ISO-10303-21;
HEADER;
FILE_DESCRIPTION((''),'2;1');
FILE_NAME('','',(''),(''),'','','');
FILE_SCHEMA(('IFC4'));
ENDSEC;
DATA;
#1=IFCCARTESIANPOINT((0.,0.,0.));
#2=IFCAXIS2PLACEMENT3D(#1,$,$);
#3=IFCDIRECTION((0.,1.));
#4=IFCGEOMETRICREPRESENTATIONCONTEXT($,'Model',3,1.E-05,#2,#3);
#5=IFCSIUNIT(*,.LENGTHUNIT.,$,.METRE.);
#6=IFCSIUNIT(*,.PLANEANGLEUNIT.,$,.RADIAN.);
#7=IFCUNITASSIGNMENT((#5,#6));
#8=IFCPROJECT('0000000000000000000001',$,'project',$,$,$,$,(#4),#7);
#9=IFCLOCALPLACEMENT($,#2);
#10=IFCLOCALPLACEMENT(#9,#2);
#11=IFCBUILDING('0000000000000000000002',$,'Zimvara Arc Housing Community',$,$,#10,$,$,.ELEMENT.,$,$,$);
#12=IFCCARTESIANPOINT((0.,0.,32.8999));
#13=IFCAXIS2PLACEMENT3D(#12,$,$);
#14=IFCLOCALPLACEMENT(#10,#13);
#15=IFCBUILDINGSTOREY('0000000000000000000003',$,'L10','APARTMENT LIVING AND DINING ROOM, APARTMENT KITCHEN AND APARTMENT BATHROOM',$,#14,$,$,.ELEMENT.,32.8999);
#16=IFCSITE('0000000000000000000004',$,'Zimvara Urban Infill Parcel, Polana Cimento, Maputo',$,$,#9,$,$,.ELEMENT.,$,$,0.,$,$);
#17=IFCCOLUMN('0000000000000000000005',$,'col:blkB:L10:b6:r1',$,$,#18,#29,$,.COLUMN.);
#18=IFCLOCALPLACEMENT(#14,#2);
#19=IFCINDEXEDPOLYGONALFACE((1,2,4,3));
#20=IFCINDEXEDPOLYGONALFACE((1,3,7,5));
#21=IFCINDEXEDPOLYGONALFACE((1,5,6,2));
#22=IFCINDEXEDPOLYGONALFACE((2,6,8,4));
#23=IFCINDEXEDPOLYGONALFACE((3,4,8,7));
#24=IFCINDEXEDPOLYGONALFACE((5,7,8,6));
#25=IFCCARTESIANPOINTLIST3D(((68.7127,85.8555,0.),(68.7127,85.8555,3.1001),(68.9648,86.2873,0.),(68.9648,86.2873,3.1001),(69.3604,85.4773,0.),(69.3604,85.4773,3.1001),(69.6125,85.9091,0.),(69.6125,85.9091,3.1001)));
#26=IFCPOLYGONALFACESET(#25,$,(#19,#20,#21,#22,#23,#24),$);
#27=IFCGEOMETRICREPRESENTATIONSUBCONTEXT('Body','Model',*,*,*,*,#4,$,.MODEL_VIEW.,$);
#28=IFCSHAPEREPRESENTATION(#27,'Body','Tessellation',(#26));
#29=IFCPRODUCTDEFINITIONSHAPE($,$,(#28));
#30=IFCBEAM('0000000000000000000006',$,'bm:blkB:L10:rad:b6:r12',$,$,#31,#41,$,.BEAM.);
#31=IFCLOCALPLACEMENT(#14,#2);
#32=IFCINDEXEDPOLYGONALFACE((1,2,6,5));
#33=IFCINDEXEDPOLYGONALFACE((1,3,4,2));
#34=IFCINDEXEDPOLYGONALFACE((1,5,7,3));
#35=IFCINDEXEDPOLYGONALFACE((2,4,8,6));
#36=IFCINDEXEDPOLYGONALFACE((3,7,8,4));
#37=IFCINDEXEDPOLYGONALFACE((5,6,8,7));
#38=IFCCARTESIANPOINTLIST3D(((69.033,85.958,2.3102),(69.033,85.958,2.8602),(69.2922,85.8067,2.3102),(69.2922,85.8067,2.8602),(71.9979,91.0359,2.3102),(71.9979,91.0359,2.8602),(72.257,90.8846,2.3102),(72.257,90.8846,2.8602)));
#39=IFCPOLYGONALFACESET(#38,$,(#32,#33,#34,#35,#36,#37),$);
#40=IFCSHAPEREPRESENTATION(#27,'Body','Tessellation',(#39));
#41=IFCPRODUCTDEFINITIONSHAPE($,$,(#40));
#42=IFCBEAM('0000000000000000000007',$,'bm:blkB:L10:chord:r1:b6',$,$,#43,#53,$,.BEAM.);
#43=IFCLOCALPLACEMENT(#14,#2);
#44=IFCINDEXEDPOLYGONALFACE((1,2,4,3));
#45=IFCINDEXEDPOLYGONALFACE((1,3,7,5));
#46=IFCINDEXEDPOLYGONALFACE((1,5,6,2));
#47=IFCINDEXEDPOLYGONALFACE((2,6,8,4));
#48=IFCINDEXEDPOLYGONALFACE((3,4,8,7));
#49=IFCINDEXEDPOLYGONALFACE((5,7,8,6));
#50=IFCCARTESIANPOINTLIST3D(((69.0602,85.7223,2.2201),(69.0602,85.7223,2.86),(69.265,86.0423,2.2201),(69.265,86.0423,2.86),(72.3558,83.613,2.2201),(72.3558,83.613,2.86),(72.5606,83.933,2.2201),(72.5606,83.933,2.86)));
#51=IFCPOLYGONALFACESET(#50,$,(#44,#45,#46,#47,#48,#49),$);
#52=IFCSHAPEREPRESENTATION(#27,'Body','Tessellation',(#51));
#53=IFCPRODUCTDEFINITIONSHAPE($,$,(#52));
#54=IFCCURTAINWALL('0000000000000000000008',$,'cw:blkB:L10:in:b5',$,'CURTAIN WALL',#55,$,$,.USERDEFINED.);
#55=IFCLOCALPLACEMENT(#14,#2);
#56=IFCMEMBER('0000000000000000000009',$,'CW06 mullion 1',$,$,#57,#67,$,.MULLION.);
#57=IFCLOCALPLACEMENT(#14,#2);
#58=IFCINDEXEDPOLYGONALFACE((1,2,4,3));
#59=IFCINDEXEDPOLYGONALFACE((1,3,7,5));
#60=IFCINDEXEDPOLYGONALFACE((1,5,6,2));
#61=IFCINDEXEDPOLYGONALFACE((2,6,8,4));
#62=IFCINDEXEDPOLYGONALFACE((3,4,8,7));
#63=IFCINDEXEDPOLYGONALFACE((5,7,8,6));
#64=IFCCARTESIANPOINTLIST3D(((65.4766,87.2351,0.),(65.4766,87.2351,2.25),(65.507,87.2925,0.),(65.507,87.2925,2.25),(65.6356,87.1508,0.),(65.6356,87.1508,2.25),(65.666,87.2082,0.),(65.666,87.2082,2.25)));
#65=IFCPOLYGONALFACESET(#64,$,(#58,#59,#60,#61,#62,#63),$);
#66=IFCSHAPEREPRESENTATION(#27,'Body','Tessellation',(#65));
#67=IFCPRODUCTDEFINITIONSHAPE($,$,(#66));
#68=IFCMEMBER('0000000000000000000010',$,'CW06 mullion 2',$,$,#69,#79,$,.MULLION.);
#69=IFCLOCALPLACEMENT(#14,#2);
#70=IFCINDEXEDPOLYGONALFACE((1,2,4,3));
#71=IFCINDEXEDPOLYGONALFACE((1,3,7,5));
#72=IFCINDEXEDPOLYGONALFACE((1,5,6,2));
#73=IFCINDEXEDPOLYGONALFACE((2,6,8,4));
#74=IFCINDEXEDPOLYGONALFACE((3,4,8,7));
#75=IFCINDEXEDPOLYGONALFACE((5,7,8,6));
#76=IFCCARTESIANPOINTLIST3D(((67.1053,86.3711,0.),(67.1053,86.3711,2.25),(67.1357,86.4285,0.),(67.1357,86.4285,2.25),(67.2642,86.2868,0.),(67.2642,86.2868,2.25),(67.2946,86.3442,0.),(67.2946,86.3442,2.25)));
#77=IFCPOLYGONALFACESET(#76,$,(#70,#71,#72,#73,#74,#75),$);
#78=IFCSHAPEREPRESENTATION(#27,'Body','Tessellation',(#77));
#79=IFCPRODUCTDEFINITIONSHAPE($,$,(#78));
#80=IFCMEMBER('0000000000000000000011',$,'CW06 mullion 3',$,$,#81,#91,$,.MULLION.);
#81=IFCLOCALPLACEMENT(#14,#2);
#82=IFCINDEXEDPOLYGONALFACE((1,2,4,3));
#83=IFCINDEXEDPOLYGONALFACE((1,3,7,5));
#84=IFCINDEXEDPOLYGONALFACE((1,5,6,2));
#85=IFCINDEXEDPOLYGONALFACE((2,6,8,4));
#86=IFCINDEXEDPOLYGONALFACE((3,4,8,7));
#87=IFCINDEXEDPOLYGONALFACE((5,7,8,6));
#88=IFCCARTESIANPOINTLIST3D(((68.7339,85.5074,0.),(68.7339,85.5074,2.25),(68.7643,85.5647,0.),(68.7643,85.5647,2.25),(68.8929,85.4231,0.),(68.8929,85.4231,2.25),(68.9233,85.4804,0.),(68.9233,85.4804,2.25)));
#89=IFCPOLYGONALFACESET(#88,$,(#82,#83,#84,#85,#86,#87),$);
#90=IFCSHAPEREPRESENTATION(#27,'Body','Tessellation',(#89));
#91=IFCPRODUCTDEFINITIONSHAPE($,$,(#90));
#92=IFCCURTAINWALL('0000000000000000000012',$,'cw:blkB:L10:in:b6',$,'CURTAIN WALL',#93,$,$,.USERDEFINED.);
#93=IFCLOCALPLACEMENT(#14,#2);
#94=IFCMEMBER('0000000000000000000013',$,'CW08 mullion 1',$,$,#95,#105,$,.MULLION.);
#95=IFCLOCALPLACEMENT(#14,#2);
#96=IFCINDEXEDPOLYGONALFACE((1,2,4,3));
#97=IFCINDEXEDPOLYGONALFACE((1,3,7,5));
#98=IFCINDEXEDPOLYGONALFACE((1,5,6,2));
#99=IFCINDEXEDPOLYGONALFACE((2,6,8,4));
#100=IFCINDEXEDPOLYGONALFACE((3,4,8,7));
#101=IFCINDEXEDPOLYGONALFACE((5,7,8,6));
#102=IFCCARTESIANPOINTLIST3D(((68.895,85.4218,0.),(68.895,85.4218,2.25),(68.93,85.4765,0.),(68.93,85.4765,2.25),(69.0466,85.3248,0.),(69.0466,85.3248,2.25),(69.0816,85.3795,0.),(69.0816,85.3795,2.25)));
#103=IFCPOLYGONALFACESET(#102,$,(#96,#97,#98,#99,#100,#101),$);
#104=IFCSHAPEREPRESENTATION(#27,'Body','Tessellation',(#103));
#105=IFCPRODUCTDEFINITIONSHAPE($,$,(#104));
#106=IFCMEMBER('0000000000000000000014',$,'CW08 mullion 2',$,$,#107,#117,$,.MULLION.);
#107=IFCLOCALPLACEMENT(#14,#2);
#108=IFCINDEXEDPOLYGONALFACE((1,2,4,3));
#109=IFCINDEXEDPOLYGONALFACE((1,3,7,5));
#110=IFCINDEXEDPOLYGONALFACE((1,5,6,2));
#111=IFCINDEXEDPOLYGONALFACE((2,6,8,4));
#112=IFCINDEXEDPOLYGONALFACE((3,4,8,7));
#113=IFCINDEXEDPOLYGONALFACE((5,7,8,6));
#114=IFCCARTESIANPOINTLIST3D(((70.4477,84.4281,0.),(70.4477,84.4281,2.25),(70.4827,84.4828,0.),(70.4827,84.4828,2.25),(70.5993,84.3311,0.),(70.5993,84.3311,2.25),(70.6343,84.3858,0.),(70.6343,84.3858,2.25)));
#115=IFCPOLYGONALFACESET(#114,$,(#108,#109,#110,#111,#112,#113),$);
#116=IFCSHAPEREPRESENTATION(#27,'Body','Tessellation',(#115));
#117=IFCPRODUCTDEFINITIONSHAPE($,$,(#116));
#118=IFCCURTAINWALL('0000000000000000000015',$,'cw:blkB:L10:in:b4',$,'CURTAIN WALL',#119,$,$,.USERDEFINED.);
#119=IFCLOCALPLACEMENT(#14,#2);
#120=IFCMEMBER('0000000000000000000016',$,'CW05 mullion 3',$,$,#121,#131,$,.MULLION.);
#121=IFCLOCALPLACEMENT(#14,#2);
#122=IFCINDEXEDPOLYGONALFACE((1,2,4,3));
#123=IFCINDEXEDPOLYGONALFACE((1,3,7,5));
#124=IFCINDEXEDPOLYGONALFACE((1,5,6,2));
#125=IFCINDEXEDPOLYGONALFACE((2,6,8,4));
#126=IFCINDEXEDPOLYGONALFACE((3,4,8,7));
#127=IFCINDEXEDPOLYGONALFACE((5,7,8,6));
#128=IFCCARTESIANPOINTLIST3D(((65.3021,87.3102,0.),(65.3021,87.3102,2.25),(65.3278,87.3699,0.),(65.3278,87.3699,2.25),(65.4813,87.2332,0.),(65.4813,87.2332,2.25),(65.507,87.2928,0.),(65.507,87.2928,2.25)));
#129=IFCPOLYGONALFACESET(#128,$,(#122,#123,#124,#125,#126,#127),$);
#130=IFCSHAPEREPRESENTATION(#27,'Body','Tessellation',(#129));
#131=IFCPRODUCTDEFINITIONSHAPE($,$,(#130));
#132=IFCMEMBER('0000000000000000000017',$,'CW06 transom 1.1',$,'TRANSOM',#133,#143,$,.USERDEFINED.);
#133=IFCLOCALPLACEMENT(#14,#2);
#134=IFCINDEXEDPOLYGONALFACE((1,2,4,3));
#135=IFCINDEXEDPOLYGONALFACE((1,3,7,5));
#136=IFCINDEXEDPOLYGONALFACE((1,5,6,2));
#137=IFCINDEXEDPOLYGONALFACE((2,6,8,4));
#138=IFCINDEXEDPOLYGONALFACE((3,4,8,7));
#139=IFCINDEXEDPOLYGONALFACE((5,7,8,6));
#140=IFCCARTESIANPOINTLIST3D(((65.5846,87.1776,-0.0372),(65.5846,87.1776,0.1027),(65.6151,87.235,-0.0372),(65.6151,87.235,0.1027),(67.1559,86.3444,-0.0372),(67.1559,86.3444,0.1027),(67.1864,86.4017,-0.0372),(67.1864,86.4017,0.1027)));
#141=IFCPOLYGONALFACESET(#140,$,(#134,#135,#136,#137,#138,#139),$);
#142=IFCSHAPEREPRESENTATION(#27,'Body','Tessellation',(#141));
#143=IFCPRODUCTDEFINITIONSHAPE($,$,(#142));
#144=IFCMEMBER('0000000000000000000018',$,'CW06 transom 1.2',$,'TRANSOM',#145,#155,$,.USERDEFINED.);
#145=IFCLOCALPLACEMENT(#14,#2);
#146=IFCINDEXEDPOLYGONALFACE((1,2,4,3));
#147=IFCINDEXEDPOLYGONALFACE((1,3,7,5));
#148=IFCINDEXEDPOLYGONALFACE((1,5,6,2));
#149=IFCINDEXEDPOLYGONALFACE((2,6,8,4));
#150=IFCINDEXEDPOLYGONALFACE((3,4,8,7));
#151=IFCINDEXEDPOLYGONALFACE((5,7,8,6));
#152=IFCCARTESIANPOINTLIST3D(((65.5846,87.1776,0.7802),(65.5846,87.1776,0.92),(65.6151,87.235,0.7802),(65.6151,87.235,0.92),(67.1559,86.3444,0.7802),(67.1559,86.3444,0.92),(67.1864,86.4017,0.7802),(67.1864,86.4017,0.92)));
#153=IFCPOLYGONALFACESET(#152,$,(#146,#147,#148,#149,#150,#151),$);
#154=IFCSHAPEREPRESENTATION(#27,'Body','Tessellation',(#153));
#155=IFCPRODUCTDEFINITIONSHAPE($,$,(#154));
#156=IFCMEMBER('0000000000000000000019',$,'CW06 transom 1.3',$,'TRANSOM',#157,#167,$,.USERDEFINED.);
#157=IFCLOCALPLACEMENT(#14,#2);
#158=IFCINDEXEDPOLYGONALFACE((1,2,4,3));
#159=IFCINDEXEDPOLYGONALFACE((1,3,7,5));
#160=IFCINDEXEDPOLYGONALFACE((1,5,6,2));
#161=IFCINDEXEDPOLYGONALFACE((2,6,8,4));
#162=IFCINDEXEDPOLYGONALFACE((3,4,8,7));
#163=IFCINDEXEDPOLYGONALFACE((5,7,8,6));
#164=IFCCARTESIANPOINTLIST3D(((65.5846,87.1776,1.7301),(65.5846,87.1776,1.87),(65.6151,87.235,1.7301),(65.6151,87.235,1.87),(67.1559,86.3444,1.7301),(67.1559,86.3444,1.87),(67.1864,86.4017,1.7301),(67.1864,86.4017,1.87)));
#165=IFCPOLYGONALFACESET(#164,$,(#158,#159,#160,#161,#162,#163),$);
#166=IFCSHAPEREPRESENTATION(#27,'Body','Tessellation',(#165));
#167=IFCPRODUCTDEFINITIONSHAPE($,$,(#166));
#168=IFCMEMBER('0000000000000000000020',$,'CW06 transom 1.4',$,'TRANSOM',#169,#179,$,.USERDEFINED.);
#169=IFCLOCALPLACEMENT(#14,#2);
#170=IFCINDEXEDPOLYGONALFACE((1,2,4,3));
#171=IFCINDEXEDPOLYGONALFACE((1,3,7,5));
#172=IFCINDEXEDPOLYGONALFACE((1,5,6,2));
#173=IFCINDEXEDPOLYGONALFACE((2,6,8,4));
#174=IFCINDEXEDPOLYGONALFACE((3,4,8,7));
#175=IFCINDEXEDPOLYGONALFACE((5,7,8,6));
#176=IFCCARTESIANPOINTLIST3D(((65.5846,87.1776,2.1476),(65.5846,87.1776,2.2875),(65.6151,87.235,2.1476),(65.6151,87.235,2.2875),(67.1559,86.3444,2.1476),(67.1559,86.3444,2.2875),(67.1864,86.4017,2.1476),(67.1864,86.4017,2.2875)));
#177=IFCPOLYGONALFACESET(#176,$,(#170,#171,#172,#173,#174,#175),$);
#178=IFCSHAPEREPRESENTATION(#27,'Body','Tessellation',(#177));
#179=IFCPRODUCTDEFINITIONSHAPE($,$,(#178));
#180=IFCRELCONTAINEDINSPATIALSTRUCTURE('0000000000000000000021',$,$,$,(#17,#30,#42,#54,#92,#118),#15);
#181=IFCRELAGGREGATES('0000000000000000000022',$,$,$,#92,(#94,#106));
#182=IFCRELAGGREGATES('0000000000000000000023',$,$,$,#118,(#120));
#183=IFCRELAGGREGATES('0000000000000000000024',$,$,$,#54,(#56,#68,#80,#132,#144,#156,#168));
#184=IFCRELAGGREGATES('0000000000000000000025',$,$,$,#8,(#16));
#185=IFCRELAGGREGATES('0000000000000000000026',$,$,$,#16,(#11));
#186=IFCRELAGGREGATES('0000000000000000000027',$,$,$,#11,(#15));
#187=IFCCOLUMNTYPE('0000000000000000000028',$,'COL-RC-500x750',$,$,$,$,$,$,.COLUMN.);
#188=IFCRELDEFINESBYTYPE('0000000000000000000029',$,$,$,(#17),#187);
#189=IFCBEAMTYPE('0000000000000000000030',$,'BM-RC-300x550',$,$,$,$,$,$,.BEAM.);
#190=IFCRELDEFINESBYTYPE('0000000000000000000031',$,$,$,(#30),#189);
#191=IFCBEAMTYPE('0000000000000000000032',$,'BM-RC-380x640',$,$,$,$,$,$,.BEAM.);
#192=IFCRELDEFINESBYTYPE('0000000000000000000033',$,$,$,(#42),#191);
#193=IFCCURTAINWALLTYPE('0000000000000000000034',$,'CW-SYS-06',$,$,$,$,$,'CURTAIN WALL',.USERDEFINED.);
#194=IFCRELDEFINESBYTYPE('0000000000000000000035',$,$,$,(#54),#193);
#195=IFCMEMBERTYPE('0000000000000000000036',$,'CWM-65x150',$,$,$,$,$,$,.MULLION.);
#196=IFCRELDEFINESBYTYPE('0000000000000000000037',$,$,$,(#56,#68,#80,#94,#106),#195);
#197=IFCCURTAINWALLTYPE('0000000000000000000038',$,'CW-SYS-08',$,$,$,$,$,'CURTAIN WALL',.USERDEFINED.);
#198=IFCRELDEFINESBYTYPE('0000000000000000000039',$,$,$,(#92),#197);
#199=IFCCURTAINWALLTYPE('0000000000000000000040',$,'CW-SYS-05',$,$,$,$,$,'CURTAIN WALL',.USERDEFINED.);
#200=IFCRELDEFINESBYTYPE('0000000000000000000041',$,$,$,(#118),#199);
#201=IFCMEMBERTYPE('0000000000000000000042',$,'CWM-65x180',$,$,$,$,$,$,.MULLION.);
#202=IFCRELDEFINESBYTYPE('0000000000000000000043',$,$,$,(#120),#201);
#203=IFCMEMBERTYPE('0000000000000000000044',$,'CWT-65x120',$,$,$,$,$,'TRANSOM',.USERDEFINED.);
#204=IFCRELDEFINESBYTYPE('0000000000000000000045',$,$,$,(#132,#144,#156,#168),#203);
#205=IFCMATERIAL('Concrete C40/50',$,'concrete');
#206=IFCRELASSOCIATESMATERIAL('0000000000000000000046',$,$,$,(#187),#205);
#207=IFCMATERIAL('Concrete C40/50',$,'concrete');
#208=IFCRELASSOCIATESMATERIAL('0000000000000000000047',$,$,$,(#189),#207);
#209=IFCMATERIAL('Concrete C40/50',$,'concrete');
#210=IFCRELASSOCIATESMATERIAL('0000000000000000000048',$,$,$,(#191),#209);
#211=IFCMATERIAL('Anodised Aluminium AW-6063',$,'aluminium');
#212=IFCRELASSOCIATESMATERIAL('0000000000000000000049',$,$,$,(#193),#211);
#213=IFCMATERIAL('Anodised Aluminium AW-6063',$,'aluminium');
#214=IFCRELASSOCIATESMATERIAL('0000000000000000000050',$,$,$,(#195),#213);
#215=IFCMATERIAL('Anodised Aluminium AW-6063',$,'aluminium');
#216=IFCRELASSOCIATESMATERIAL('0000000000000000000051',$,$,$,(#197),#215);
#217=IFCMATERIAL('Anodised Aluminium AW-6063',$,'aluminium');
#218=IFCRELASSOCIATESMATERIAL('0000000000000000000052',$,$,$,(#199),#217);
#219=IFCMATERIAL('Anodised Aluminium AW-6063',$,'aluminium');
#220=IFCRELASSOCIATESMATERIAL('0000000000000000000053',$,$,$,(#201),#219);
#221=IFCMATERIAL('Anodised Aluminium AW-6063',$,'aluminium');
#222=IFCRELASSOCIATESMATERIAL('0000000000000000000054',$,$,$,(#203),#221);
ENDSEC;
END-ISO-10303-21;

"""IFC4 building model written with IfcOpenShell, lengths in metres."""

from ifc_helpers import new_model, si_unit, direction, frame, origin, origin_2d, place, context, subcontext, project, spatial, rectangle, extrude, material, material_profile, profile_set, type_object, element, aggregate, save


model = new_model("IFC4")

# Units and contexts
model_context = context("Model", 3, precision=1e-05, world=origin(), true_north=direction((0.0, 1.0)))
body_context = subcontext(model_context, "Body", "Model", "MODEL_VIEW")
ifc_project = project(units=[si_unit("LENGTHUNIT", "METRE"), si_unit("PLANEANGLEUNIT", "RADIAN")], contexts=[model_context])

# Site, building, storey
site_placement = place(None, origin())
site = spatial("IfcSite", under=ifc_project, at=site_placement, Name="Zimvara Urban Infill Parcel, Polana Cimento, Maputo", CompositionType="ELEMENT", RefElevation=0.0)
building_placement = place(site_placement, origin())
building = spatial("IfcBuilding", under=site, at=building_placement, Name="Zimvara Arc Housing Community", CompositionType="ELEMENT")
storey_placement = place(building_placement, frame((0.0, 0.0, 32.8999)))
storey = spatial("IfcBuildingStorey", under=building, at=storey_placement, Name="L10", Description="APARTMENT LIVING AND DINING ROOM, APARTMENT KITCHEN AND APARTMENT BATHROOM", CompositionType="ELEMENT", Elevation=32.8999)

# Column
ifc_material_1 = material(Name="Concrete C40/50", Category="concrete")
ifc_material_profile_1 = material_profile(ifc_material_1, rectangle(XDim=0.5, YDim=0.75, at=origin_2d()), Name="RC 500x750")
ifc_profile_set_1 = profile_set([ifc_material_profile_1], Name="Concrete C40/50")
column_type = type_object("IfcColumnType", Name="COL-RC-500x750", PredefinedType="COLUMN", material=ifc_profile_set_1)
column_placement = place(storey_placement, frame((69.1626, 85.8823, 0.0), z_axis=(0.0, 0.0, 1.0), x_axis=(0.504226, 0.863572, 0.0)))
element("IfcColumn", 1, at=column_placement, inside=storey, type_object=column_type, Name="col:blkB:L10:b6:r1", PredefinedType="COLUMN", context=body_context, shape_type="SweptSolid", body=[
    extrude(rectangle(XDim=0.5, YDim=0.75, at=origin_2d()), origin(), (0.0, 0.0, 1.0), 3.1001),
])

# Beams
ifc_material_2 = material(Name="Concrete C40/50", Category="concrete")
ifc_material_profile_2 = material_profile(ifc_material_2, rectangle(XDim=0.3, YDim=0.55, at=origin_2d()), Name="RC 300x550")
ifc_profile_set_2 = profile_set([ifc_material_profile_2], Name="Concrete C40/50")
beam_type_1 = type_object("IfcBeamType", Name="BM-RC-300x550", PredefinedType="BEAM", material=ifc_profile_set_2)
beam_1_placement = place(storey_placement, frame((69.1626, 85.8823, 2.5852), z_axis=(0.504219, 0.863576, 0.0), x_axis=(-0.863576, 0.504219, 0.0)))
element("IfcBeam", 2, at=beam_1_placement, inside=storey, type_object=beam_type_1, Name="bm:blkB:L10:rad:b6:r12", PredefinedType="BEAM", context=body_context, shape_type="SweptSolid", body=[
    extrude(rectangle(XDim=0.3, YDim=0.55, at=origin_2d()), origin(), (0.0, 0.0, 1.0), 5.8801),
])
ifc_material_3 = material(Name="Concrete C40/50", Category="concrete")
ifc_material_profile_3 = material_profile(ifc_material_3, rectangle(XDim=0.3799, YDim=0.6399, at=origin_2d()), Name="RC 380x640")
ifc_profile_set_3 = profile_set([ifc_material_profile_3], Name="Concrete C40/50")
beam_type_2 = type_object("IfcBeamType", Name="BM-RC-380x640", PredefinedType="BEAM", material=ifc_profile_set_3)
beam_2_placement = place(storey_placement, frame((69.1626, 85.8823, 2.54), z_axis=(0.842253, -0.539082, 0.0), x_axis=(0.539082, 0.842253, 0.0)))
element("IfcBeam", 3, at=beam_2_placement, inside=storey, type_object=beam_type_2, Name="bm:blkB:L10:chord:r1:b6", PredefinedType="BEAM", context=body_context, shape_type="SweptSolid", body=[
    extrude(rectangle(XDim=0.3799, YDim=0.6399, at=origin_2d()), origin(), (0.0, 0.0, 1.0), 3.9128),
])

# Curtain walls, members
ifc_material_4 = material(Name="Anodised Aluminium AW-6063", Category="aluminium")
curtain_wall_type_1 = type_object("IfcCurtainWallType", Name="CW-SYS-06", ElementType="CURTAIN WALL", PredefinedType="USERDEFINED", material=ifc_material_4)
curtain_wall_1_placement = place(storey_placement, origin())
curtain_wall_1 = element("IfcCurtainWall", 4, at=curtain_wall_1_placement, inside=storey, type_object=curtain_wall_type_1, Name="cw:blkB:L10:in:b5", ObjectType="CURTAIN WALL", PredefinedType="USERDEFINED")
ifc_material_5 = material(Name="Anodised Aluminium AW-6063", Category="aluminium")
ifc_material_profile_4 = material_profile(ifc_material_5, rectangle(XDim=0.0649, YDim=0.1799, at=origin_2d()), Name="ALU 65x180")
ifc_profile_set_4 = profile_set([ifc_material_profile_4], Name="Anodised Aluminium AW-6063")
member_type_1 = type_object("IfcMemberType", Name="CWM-65x150", PredefinedType="MULLION", material=ifc_profile_set_4)
member_1_placement = place(storey_placement, frame((65.5713, 87.2217, 0.0), z_axis=(0.0, 0.0, 1.0), x_axis=(0.468547, 0.883439, 0.0)))
member_1 = element("IfcMember", 5, at=member_1_placement, type_object=member_type_1, Name="CW06 mullion 1", PredefinedType="MULLION", context=body_context, shape_type="SweptSolid", body=[
    extrude(rectangle(XDim=0.0649, YDim=0.1799, at=origin_2d()), origin(), (0.0, 0.0, 1.0), 2.25),
])
member_2_placement = place(storey_placement, frame((67.2, 86.3577, 0.0), z_axis=(0.0, 0.0, 1.0), x_axis=(0.468547, 0.883439, 0.0)))
member_2 = element("IfcMember", 6, at=member_2_placement, type_object=member_type_1, Name="CW06 mullion 2", PredefinedType="MULLION", context=body_context, shape_type="SweptSolid", body=[
    extrude(rectangle(XDim=0.0649, YDim=0.1799, at=origin_2d()), origin(), (0.0, 0.0, 1.0), 2.25),
])
member_3_placement = place(storey_placement, frame((68.8286, 85.4939, 0.0), z_axis=(0.0, 0.0, 1.0), x_axis=(0.468547, 0.883439, 0.0)))
member_3 = element("IfcMember", 7, at=member_3_placement, type_object=member_type_1, Name="CW06 mullion 3", PredefinedType="MULLION", context=body_context, shape_type="SweptSolid", body=[
    extrude(rectangle(XDim=0.0649, YDim=0.1799, at=origin_2d()), origin(), (0.0, 0.0, 1.0), 2.25),
])
ifc_material_6 = material(Name="Anodised Aluminium AW-6063", Category="aluminium")
curtain_wall_type_2 = type_object("IfcCurtainWallType", Name="CW-SYS-08", ElementType="CURTAIN WALL", PredefinedType="USERDEFINED", material=ifc_material_6)
curtain_wall_2_placement = place(storey_placement, origin())
curtain_wall_2 = element("IfcCurtainWall", 8, at=curtain_wall_2_placement, inside=storey, type_object=curtain_wall_type_2, Name="cw:blkB:L10:in:b6", ObjectType="CURTAIN WALL", PredefinedType="USERDEFINED")
member_4_placement = place(storey_placement, frame((68.9883, 85.4006, 0.0), z_axis=(0.0, 0.0, 1.0), x_axis=(0.539065, 0.842264, 0.0)))
member_4 = element("IfcMember", 9, at=member_4_placement, type_object=member_type_1, Name="CW08 mullion 1", PredefinedType="MULLION", context=body_context, shape_type="SweptSolid", body=[
    extrude(rectangle(XDim=0.0649, YDim=0.1799, at=origin_2d()), origin(), (0.0, 0.0, 1.0), 2.25),
])
member_5_placement = place(storey_placement, frame((70.541, 84.407, 0.0), z_axis=(0.0, 0.0, 1.0), x_axis=(0.539065, 0.842264, 0.0)))
member_5 = element("IfcMember", 10, at=member_5_placement, type_object=member_type_1, Name="CW08 mullion 2", PredefinedType="MULLION", context=body_context, shape_type="SweptSolid", body=[
    extrude(rectangle(XDim=0.0649, YDim=0.1799, at=origin_2d()), origin(), (0.0, 0.0, 1.0), 2.25),
])

# Curtain wall, member
ifc_material_7 = material(Name="Anodised Aluminium AW-6063", Category="aluminium")
curtain_wall_type_3 = type_object("IfcCurtainWallType", Name="CW-SYS-05", ElementType="CURTAIN WALL", PredefinedType="USERDEFINED", material=ifc_material_7)
curtain_wall_3_placement = place(storey_placement, origin())
curtain_wall_3 = element("IfcCurtainWall", 11, at=curtain_wall_3_placement, inside=storey, type_object=curtain_wall_type_3, Name="cw:blkB:L10:in:b4", ObjectType="CURTAIN WALL", PredefinedType="USERDEFINED")
ifc_material_8 = material(Name="Anodised Aluminium AW-6063", Category="aluminium")
ifc_material_profile_5 = material_profile(ifc_material_8, rectangle(XDim=0.0649, YDim=0.1951, at=origin_2d()), Name="ALU 65x195")
ifc_profile_set_5 = profile_set([ifc_material_profile_5], Name="Anodised Aluminium AW-6063")
member_type_2 = type_object("IfcMemberType", Name="CWM-65x180", PredefinedType="MULLION", material=ifc_profile_set_5)
member_6_placement = place(storey_placement, frame((65.4045, 87.3015, 0.0), z_axis=(0.0, 0.0, 1.0), x_axis=(0.394904, 0.918722, 0.0)))
member_6 = element("IfcMember", 12, at=member_6_placement, type_object=member_type_2, Name="CW05 mullion 3", PredefinedType="MULLION", context=body_context, shape_type="SweptSolid", body=[
    extrude(rectangle(XDim=0.0649, YDim=0.1951, at=origin_2d()), origin(), (0.0, 0.0, 1.0), 2.25),
])

# Members
ifc_material_9 = material(Name="Anodised Aluminium AW-6063", Category="aluminium")
ifc_material_profile_6 = material_profile(ifc_material_9, rectangle(XDim=0.0649, YDim=0.1399, at=origin_2d()), Name="ALU 65x140")
ifc_profile_set_6 = profile_set([ifc_material_profile_6], Name="Anodised Aluminium AW-6063")
member_type_3 = type_object("IfcMemberType", Name="CWT-65x120", ElementType="TRANSOM", PredefinedType="USERDEFINED", material=ifc_profile_set_6)
member_7_placement = place(storey_placement, frame((65.5999, 87.2063, 0.0327), z_axis=(0.883464, -0.468499, 0.0), x_axis=(0.468499, 0.883464, 0.0)))
member_7 = element("IfcMember", 13, at=member_7_placement, type_object=member_type_3, Name="CW06 transom 1.1", ObjectType="TRANSOM", PredefinedType="USERDEFINED", context=body_context, shape_type="SweptSolid", body=[
    extrude(rectangle(XDim=0.0649, YDim=0.1399, at=origin_2d()), origin(), (0.0, 0.0, 1.0), 1.7786),
])
member_8_placement = place(storey_placement, frame((65.5999, 87.2063, 0.8501), z_axis=(0.883464, -0.468499, 0.0), x_axis=(0.468499, 0.883464, 0.0)))
member_8 = element("IfcMember", 14, at=member_8_placement, type_object=member_type_3, Name="CW06 transom 1.2", ObjectType="TRANSOM", PredefinedType="USERDEFINED", context=body_context, shape_type="SweptSolid", body=[
    extrude(rectangle(XDim=0.0649, YDim=0.1399, at=origin_2d()), origin(), (0.0, 0.0, 1.0), 1.7786),
])
member_9_placement = place(storey_placement, frame((65.5999, 87.2063, 1.8), z_axis=(0.883464, -0.468499, 0.0), x_axis=(0.468499, 0.883464, 0.0)))
member_9 = element("IfcMember", 15, at=member_9_placement, type_object=member_type_3, Name="CW06 transom 1.3", ObjectType="TRANSOM", PredefinedType="USERDEFINED", context=body_context, shape_type="SweptSolid", body=[
    extrude(rectangle(XDim=0.0649, YDim=0.1399, at=origin_2d()), origin(), (0.0, 0.0, 1.0), 1.7786),
])
member_10_placement = place(storey_placement, frame((65.5999, 87.2063, 2.2175), z_axis=(0.883464, -0.468499, 0.0), x_axis=(0.468499, 0.883464, 0.0)))
member_10 = element("IfcMember", 16, at=member_10_placement, type_object=member_type_3, Name="CW06 transom 1.4", ObjectType="TRANSOM", PredefinedType="USERDEFINED", context=body_context, shape_type="SweptSolid", body=[
    extrude(rectangle(XDim=0.0649, YDim=0.1399, at=origin_2d()), origin(), (0.0, 0.0, 1.0), 1.7786),
])

aggregate(curtain_wall_2, [member_4, member_5])
aggregate(curtain_wall_3, [member_6])
aggregate(curtain_wall_1, [member_1, member_2, member_3, member_7, member_8, member_9, member_10])

save(model, "model.ifc")
